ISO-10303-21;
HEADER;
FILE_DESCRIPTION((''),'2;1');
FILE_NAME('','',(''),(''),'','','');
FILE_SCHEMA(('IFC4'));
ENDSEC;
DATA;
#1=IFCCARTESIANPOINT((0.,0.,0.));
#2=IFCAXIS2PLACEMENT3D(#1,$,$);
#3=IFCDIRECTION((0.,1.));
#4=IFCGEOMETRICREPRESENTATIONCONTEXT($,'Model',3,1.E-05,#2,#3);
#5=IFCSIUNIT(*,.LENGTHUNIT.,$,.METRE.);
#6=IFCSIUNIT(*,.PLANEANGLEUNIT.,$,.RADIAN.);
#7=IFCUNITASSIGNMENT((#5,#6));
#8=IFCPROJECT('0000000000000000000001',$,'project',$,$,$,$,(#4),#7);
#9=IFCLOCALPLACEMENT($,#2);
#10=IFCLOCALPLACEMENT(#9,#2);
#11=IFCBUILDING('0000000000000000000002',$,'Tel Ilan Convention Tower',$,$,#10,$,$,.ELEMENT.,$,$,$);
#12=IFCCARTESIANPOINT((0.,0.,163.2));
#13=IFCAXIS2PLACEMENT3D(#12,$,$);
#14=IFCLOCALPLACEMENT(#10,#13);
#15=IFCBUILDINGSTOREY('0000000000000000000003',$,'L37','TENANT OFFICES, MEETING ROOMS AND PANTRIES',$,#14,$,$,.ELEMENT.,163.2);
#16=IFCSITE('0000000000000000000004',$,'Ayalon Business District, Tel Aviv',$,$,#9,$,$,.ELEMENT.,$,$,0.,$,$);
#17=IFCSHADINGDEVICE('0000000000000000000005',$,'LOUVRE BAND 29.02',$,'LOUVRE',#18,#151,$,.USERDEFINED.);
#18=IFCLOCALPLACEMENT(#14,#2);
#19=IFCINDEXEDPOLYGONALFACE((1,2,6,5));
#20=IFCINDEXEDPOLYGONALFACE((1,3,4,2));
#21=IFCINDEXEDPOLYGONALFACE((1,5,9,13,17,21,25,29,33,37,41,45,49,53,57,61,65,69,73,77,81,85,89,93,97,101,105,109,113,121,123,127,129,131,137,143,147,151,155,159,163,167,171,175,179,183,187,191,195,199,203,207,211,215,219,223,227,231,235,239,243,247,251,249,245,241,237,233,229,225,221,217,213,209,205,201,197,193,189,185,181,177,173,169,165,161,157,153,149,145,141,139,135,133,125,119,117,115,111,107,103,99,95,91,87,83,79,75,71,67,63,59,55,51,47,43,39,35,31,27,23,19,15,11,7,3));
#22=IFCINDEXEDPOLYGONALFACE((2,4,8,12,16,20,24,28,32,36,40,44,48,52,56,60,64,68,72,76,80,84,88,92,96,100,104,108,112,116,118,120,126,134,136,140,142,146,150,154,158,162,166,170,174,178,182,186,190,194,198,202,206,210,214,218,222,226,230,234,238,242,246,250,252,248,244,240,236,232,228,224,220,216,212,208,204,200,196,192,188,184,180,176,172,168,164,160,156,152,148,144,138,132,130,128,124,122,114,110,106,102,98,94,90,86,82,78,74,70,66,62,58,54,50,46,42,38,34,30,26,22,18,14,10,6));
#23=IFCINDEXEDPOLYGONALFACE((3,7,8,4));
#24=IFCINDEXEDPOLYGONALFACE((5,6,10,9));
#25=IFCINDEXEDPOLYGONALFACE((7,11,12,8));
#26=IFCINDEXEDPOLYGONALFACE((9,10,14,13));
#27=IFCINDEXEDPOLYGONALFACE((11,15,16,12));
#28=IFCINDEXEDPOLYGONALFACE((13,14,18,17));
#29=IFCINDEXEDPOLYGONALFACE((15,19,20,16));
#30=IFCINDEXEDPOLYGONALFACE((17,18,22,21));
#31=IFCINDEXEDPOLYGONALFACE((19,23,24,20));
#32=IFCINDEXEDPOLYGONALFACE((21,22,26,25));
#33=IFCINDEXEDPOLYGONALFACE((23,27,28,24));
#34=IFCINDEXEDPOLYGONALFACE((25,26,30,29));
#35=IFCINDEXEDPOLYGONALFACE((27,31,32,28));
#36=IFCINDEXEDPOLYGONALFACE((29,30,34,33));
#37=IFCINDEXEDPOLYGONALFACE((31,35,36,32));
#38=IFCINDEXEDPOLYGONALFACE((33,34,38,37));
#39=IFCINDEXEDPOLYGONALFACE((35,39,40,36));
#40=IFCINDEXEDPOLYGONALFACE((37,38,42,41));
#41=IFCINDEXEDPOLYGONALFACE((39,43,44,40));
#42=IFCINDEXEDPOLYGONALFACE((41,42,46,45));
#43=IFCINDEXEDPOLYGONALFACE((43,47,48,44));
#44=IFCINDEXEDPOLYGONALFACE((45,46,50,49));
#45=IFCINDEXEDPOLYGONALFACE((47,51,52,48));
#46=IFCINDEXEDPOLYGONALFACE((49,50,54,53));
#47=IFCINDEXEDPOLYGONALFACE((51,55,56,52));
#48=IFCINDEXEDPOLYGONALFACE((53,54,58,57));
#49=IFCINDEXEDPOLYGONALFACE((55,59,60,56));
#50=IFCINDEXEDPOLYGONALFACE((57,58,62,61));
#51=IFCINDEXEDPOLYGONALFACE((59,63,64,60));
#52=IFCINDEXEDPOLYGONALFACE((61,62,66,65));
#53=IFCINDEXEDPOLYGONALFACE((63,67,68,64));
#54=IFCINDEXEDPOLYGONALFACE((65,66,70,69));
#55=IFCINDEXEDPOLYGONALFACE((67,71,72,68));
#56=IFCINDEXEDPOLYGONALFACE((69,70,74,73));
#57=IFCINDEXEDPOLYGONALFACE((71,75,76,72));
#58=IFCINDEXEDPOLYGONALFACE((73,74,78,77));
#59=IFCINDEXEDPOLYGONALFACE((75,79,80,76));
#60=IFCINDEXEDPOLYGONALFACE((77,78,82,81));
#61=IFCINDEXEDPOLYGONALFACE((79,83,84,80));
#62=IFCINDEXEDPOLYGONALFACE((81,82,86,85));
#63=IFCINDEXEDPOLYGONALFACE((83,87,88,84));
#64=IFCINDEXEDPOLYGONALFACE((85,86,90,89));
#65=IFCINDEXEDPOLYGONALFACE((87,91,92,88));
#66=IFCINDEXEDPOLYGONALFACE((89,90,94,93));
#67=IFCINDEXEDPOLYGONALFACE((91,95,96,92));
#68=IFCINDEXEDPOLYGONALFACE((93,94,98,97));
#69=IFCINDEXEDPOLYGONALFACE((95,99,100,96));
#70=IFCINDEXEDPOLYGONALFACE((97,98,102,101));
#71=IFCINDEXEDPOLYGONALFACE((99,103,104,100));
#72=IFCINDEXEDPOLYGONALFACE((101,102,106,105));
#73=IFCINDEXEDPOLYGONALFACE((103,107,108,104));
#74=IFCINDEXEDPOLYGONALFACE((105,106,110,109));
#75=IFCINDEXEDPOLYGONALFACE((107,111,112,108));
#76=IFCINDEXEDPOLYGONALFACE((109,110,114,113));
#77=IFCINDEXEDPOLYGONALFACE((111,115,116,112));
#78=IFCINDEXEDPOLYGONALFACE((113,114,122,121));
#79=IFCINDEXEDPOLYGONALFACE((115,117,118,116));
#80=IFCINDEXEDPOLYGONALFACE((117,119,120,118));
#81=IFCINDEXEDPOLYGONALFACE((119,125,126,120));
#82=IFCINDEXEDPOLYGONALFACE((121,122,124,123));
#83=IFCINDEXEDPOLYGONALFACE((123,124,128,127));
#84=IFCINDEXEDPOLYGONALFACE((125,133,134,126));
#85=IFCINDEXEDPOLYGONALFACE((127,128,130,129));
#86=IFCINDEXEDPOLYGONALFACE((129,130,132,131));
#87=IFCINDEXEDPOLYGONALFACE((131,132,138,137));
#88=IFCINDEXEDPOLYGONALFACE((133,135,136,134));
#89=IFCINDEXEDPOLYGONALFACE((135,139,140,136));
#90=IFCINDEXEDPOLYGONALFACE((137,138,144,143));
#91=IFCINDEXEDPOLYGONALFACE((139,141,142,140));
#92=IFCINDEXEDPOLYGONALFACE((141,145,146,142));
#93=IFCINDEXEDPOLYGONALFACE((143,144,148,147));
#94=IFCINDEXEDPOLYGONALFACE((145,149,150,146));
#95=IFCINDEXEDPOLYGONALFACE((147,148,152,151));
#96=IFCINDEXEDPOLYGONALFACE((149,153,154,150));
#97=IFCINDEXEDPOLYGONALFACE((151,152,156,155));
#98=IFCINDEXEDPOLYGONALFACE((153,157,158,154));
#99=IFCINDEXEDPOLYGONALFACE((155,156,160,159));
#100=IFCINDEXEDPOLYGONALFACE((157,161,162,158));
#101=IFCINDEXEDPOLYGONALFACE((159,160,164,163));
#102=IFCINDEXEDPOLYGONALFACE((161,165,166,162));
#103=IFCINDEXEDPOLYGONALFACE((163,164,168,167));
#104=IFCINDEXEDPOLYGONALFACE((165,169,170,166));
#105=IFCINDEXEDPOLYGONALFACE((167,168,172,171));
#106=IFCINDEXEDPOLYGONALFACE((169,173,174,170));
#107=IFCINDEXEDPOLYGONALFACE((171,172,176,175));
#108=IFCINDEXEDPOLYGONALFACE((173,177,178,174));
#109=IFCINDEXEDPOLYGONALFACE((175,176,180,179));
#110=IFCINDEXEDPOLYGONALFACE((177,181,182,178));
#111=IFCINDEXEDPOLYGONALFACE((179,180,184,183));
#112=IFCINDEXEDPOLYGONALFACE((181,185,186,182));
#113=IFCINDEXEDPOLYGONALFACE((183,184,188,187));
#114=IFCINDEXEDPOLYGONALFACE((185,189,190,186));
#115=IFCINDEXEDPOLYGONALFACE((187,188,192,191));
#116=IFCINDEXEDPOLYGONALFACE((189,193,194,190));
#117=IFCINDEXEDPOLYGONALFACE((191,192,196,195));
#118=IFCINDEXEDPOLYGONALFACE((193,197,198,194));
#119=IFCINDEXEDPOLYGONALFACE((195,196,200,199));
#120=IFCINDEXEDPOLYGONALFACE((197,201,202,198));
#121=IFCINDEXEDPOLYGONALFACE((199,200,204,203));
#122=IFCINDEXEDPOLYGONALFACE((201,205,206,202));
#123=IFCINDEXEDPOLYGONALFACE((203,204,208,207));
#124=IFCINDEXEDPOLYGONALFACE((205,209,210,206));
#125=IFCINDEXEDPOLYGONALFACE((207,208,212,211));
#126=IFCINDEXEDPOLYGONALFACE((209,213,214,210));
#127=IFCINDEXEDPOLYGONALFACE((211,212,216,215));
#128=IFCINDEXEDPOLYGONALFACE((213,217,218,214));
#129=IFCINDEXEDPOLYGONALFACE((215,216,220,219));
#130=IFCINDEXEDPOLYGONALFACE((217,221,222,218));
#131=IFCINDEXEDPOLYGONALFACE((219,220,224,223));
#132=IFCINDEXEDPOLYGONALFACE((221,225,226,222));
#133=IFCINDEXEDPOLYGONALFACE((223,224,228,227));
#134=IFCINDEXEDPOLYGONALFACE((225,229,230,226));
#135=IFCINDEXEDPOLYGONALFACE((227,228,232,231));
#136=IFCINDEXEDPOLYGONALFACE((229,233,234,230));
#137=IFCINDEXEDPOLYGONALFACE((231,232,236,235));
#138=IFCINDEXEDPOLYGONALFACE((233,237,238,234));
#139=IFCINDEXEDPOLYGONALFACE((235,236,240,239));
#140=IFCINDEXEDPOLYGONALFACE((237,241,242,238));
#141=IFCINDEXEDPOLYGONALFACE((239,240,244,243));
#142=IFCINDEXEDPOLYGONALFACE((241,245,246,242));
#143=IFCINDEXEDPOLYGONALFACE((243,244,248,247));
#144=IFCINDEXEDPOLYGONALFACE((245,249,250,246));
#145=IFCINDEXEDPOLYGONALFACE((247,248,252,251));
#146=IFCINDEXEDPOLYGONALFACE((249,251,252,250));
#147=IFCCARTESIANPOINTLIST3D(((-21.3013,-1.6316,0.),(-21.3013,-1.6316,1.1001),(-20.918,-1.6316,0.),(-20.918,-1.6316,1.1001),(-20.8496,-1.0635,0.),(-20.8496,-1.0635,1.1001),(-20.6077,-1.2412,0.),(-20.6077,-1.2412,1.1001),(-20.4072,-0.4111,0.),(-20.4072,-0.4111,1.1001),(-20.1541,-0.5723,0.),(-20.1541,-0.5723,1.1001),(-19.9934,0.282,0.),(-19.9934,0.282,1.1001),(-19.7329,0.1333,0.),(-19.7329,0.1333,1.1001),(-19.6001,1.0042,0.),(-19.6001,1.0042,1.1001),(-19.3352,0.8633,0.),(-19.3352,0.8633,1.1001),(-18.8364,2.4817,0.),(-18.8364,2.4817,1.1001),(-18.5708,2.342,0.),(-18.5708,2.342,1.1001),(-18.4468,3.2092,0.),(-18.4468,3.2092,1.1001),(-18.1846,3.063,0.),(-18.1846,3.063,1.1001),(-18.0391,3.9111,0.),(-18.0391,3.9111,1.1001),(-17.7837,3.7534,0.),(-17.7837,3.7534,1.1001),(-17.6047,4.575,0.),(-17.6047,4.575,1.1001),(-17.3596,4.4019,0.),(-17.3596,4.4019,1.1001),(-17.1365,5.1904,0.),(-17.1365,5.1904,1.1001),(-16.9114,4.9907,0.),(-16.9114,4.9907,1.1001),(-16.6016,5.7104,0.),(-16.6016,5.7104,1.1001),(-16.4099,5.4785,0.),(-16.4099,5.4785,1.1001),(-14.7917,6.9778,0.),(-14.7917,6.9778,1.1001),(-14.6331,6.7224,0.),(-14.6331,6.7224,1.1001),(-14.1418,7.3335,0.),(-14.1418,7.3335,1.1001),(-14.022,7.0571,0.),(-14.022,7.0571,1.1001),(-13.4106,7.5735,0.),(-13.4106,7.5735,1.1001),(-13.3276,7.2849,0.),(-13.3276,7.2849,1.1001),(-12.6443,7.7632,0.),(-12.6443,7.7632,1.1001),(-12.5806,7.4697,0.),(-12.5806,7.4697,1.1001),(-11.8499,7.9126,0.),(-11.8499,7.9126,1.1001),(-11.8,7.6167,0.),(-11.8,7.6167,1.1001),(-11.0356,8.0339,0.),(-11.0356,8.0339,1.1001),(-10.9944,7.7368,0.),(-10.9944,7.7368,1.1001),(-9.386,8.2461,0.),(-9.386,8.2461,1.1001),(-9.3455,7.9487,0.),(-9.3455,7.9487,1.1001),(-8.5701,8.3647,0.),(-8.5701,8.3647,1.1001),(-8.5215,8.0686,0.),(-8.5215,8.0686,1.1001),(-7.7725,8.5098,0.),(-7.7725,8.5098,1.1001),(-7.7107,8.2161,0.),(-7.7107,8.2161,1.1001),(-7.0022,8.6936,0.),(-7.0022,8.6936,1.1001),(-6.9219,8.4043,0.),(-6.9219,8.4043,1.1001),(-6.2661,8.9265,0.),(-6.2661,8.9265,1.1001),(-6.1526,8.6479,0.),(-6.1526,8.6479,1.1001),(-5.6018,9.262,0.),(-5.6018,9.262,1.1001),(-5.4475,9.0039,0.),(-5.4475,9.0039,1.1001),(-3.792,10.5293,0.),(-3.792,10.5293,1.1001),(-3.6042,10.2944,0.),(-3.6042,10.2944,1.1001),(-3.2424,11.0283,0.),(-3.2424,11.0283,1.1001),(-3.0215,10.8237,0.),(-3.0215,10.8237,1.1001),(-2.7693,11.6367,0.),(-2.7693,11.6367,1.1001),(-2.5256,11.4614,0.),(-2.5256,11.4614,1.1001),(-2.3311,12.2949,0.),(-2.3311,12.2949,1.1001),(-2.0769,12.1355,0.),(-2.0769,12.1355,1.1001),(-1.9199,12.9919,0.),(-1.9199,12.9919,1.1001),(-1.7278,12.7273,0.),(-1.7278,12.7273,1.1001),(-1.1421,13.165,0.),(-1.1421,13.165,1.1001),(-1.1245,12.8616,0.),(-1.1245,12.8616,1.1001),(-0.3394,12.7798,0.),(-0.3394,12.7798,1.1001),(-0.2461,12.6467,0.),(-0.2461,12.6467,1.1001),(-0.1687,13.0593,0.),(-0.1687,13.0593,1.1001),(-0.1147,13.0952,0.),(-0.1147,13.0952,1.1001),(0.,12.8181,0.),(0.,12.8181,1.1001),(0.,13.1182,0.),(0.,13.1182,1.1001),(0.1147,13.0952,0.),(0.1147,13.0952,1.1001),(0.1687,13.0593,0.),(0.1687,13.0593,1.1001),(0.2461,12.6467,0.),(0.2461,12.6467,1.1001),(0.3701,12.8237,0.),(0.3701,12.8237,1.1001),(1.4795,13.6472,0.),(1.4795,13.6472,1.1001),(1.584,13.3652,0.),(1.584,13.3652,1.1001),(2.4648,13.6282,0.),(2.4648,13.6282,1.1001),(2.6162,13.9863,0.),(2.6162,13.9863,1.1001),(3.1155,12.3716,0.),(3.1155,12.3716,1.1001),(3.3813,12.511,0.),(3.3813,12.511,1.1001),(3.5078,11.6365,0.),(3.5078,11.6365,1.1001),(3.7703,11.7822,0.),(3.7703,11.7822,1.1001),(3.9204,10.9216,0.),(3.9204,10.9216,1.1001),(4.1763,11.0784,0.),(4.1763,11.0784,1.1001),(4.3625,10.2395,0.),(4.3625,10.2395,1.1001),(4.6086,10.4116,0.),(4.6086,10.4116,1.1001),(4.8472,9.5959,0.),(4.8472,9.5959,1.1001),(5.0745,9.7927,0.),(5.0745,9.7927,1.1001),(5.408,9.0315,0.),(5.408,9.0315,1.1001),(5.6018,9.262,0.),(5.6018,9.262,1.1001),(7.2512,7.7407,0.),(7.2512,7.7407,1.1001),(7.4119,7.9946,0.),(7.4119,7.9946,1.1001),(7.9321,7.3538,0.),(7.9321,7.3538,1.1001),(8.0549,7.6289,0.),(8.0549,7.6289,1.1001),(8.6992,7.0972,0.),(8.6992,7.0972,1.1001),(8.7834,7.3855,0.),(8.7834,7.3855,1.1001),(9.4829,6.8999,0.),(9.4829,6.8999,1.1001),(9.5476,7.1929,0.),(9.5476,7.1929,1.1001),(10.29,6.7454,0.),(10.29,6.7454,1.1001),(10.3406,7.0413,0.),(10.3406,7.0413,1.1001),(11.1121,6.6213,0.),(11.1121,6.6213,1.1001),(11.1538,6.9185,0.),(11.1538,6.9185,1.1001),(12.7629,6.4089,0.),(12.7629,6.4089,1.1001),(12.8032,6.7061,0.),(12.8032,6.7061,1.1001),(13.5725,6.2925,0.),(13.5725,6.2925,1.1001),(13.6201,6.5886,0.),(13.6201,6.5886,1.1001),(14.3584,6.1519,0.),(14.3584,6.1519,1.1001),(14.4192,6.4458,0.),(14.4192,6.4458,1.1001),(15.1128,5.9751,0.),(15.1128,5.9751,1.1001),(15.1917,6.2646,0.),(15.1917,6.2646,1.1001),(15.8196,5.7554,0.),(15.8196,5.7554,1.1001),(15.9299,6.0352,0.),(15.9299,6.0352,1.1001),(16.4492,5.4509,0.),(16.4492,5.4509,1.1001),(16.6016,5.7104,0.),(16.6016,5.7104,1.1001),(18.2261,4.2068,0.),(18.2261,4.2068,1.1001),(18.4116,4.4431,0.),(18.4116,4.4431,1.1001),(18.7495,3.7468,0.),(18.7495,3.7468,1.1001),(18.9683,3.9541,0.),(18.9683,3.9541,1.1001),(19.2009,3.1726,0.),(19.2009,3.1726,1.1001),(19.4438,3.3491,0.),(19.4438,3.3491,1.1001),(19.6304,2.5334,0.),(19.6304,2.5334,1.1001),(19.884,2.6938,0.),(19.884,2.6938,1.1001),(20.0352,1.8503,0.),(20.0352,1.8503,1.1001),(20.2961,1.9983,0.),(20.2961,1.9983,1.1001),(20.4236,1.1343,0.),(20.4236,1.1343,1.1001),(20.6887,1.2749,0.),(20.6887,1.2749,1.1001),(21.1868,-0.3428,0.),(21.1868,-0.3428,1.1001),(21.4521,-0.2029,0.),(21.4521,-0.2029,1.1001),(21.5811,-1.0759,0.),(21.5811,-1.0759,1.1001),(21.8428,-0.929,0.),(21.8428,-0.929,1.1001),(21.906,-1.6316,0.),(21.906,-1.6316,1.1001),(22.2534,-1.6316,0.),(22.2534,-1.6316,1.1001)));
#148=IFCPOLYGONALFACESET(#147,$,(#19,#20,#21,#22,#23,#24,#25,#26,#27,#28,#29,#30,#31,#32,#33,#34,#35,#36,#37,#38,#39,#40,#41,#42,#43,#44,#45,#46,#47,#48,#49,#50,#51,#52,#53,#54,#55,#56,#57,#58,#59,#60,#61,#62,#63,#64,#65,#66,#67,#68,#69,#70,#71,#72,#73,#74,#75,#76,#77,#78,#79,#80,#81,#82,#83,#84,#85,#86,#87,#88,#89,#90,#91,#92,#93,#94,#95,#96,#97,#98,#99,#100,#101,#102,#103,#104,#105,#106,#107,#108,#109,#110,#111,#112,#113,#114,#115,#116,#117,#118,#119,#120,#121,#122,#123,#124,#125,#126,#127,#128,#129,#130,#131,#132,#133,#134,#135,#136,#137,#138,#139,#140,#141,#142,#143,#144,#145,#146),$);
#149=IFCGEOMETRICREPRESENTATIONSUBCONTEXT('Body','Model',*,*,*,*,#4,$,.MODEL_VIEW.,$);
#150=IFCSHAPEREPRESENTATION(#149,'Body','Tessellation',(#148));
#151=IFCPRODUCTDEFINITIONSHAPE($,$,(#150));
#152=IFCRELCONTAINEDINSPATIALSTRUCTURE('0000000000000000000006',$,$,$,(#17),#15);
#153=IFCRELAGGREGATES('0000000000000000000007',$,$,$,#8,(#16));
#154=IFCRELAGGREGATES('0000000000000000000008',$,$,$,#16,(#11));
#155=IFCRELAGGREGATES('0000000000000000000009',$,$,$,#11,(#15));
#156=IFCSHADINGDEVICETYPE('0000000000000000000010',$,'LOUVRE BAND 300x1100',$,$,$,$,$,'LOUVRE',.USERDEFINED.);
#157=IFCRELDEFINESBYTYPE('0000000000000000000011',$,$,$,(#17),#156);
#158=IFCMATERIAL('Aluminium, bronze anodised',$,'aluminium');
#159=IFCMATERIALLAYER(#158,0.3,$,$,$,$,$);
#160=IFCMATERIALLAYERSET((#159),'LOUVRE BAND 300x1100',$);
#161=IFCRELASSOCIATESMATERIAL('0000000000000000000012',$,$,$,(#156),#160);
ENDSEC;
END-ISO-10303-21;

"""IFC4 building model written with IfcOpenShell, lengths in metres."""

from ifc_helpers import new_model, si_unit, direction, frame, origin, place, context, subcontext, project, spatial, polyline, outline, extrude, material, layer, layer_set, type_object, element, save


model = new_model("IFC4")

# Units and contexts
model_context = context("Model", 3, precision=1e-05, world=origin(), true_north=direction((0.0, 1.0)))
body_context = subcontext(model_context, "Body", "Model", "MODEL_VIEW")
ifc_project = project(units=[si_unit("LENGTHUNIT", "METRE"), si_unit("PLANEANGLEUNIT", "RADIAN")], contexts=[model_context])

# Site, building, storey
site_placement = place(None, origin())
site = spatial("IfcSite", under=ifc_project, at=site_placement, Name="Ayalon Business District, Tel Aviv", CompositionType="ELEMENT", RefElevation=0.0)
building_placement = place(site_placement, origin())
building = spatial("IfcBuilding", under=site, at=building_placement, Name="Tel Ilan Convention Tower", CompositionType="ELEMENT")
storey_placement = place(building_placement, frame((0.0, 0.0, 163.2)))
storey = spatial("IfcBuildingStorey", under=building, at=storey_placement, Name="L37", Description="TENANT OFFICES, MEETING ROOMS AND PANTRIES", CompositionType="ELEMENT", Elevation=163.2)

# Shading device
ifc_material_1 = material(Name="Aluminium, bronze anodised", Category="aluminium")
ifc_layer_1 = layer(ifc_material_1, 0.3)
ifc_layer_set_1 = layer_set([ifc_layer_1], Name="LOUVRE BAND 300x1100")
shading_device_type_1 = type_object("IfcShadingDeviceType", Name="LOUVRE BAND 300x1100", ElementType="LOUVRE", PredefinedType="USERDEFINED", material=ifc_layer_set_1)
shading_device_1_placement = place(storey_placement, origin())
element("IfcShadingDevice", 1, at=shading_device_1_placement, inside=storey, type_object=shading_device_type_1, Name="LOUVRE BAND 29.02", ObjectType="LOUVRE", PredefinedType="USERDEFINED", context=body_context, shape_type="SweptSolid", body=[
    extrude(outline(polyline([(-20.8496, -1.0635), (-21.3013, -1.6316), (-20.918, -1.6316), (-20.6077, -1.2412), (-20.1541, -0.5723), (-19.7329, 0.1333), (-19.3352, 0.8633), (-18.5708, 2.342), (-18.1846, 3.063), (-17.7837, 3.7534), (-17.3596, 4.4019), (-16.9114, 4.9907), (-16.4099, 5.4785), (-14.6331, 6.7224), (-14.022, 7.0571), (-13.3276, 7.2849), (-12.5806, 7.4697), (-11.8, 7.6167), (-10.9944, 7.7368), (-9.3455, 7.9487), (-8.5215, 8.0686), (-7.7107, 8.2161), (-6.9219, 8.4043), (-6.1526, 8.6479), (-5.4475, 9.0039), (-3.6042, 10.2944), (-3.0215, 10.8237), (-2.5256, 11.4614), (-2.0769, 12.1355), (-1.7278, 12.7273), (-1.1245, 12.8616), (-0.3394, 12.7798), (-0.2461, 12.6467), (0.0, 12.8181), (0.2461, 12.6467), (0.3701, 12.8237), (1.584, 13.3652), (2.4648, 13.6282), (3.1155, 12.3716), (3.5078, 11.6365), (3.9204, 10.9216), (4.3625, 10.2395), (4.8472, 9.5959), (5.408, 9.0315), (7.2512, 7.7407), (7.9321, 7.3538), (8.6992, 7.0972), (9.4829, 6.8999), (10.29, 6.7454), (11.1121, 6.6213), (12.7629, 6.4089), (13.5725, 6.2925), (14.3584, 6.1519), (15.1128, 5.9751), (15.8196, 5.7554), (16.4492, 5.4509), (18.2261, 4.2068), (18.7495, 3.7468), (19.2009, 3.1726), (19.6304, 2.5334), (20.0352, 1.8503), (20.4236, 1.1343), (21.1868, -0.3428), (21.5811, -1.0759), (21.906, -1.6316), (22.2534, -1.6316), (21.8428, -0.929), (21.4521, -0.2029), (20.6887, 1.2749), (20.2961, 1.9983), (19.884, 2.6938), (19.4438, 3.3491), (18.9683, 3.9541), (18.4116, 4.4431), (16.6016, 5.7104), (15.9299, 6.0352), (15.1917, 6.2646), (14.4192, 6.4458), (13.6201, 6.5886), (12.8032, 6.7061), (11.1538, 6.9185), (10.3406, 7.0413), (9.5476, 7.1929), (8.7834, 7.3855), (8.0549, 7.6289), (7.4119, 7.9946), (5.6018, 9.262), (5.0745, 9.7927), (4.6086, 10.4116), (4.1763, 11.0784), (3.7703, 11.7822), (3.3813, 12.511), (2.6162, 13.9863), (1.4795, 13.6472), (0.1687, 13.0593), (0.1147, 13.0952), (0.0, 13.1182), (-0.1147, 13.0952), (-0.1687, 13.0593), (-1.1421, 13.165), (-1.9199, 12.9919), (-2.3311, 12.2949), (-2.7693, 11.6367), (-3.2424, 11.0283), (-3.792, 10.5293), (-5.6018, 9.262), (-6.2661, 8.9265), (-7.0022, 8.6936), (-7.7725, 8.5098), (-8.5701, 8.3647), (-9.386, 8.2461), (-11.0356, 8.0339), (-11.8499, 7.9126), (-12.6443, 7.7632), (-13.4106, 7.5735), (-14.1418, 7.3335), (-14.7917, 6.9778), (-16.6016, 5.7104), (-17.1365, 5.1904), (-17.6047, 4.575), (-18.0391, 3.9111), (-18.4468, 3.2092), (-18.8364, 2.4817), (-19.6001, 1.0042), (-19.9934, 0.282), (-20.4072, -0.4111), (-20.8496, -1.0635)])), origin(), (0.0, 0.0, 1.0), 1.1001),
])

save(model, "model.ifc")
